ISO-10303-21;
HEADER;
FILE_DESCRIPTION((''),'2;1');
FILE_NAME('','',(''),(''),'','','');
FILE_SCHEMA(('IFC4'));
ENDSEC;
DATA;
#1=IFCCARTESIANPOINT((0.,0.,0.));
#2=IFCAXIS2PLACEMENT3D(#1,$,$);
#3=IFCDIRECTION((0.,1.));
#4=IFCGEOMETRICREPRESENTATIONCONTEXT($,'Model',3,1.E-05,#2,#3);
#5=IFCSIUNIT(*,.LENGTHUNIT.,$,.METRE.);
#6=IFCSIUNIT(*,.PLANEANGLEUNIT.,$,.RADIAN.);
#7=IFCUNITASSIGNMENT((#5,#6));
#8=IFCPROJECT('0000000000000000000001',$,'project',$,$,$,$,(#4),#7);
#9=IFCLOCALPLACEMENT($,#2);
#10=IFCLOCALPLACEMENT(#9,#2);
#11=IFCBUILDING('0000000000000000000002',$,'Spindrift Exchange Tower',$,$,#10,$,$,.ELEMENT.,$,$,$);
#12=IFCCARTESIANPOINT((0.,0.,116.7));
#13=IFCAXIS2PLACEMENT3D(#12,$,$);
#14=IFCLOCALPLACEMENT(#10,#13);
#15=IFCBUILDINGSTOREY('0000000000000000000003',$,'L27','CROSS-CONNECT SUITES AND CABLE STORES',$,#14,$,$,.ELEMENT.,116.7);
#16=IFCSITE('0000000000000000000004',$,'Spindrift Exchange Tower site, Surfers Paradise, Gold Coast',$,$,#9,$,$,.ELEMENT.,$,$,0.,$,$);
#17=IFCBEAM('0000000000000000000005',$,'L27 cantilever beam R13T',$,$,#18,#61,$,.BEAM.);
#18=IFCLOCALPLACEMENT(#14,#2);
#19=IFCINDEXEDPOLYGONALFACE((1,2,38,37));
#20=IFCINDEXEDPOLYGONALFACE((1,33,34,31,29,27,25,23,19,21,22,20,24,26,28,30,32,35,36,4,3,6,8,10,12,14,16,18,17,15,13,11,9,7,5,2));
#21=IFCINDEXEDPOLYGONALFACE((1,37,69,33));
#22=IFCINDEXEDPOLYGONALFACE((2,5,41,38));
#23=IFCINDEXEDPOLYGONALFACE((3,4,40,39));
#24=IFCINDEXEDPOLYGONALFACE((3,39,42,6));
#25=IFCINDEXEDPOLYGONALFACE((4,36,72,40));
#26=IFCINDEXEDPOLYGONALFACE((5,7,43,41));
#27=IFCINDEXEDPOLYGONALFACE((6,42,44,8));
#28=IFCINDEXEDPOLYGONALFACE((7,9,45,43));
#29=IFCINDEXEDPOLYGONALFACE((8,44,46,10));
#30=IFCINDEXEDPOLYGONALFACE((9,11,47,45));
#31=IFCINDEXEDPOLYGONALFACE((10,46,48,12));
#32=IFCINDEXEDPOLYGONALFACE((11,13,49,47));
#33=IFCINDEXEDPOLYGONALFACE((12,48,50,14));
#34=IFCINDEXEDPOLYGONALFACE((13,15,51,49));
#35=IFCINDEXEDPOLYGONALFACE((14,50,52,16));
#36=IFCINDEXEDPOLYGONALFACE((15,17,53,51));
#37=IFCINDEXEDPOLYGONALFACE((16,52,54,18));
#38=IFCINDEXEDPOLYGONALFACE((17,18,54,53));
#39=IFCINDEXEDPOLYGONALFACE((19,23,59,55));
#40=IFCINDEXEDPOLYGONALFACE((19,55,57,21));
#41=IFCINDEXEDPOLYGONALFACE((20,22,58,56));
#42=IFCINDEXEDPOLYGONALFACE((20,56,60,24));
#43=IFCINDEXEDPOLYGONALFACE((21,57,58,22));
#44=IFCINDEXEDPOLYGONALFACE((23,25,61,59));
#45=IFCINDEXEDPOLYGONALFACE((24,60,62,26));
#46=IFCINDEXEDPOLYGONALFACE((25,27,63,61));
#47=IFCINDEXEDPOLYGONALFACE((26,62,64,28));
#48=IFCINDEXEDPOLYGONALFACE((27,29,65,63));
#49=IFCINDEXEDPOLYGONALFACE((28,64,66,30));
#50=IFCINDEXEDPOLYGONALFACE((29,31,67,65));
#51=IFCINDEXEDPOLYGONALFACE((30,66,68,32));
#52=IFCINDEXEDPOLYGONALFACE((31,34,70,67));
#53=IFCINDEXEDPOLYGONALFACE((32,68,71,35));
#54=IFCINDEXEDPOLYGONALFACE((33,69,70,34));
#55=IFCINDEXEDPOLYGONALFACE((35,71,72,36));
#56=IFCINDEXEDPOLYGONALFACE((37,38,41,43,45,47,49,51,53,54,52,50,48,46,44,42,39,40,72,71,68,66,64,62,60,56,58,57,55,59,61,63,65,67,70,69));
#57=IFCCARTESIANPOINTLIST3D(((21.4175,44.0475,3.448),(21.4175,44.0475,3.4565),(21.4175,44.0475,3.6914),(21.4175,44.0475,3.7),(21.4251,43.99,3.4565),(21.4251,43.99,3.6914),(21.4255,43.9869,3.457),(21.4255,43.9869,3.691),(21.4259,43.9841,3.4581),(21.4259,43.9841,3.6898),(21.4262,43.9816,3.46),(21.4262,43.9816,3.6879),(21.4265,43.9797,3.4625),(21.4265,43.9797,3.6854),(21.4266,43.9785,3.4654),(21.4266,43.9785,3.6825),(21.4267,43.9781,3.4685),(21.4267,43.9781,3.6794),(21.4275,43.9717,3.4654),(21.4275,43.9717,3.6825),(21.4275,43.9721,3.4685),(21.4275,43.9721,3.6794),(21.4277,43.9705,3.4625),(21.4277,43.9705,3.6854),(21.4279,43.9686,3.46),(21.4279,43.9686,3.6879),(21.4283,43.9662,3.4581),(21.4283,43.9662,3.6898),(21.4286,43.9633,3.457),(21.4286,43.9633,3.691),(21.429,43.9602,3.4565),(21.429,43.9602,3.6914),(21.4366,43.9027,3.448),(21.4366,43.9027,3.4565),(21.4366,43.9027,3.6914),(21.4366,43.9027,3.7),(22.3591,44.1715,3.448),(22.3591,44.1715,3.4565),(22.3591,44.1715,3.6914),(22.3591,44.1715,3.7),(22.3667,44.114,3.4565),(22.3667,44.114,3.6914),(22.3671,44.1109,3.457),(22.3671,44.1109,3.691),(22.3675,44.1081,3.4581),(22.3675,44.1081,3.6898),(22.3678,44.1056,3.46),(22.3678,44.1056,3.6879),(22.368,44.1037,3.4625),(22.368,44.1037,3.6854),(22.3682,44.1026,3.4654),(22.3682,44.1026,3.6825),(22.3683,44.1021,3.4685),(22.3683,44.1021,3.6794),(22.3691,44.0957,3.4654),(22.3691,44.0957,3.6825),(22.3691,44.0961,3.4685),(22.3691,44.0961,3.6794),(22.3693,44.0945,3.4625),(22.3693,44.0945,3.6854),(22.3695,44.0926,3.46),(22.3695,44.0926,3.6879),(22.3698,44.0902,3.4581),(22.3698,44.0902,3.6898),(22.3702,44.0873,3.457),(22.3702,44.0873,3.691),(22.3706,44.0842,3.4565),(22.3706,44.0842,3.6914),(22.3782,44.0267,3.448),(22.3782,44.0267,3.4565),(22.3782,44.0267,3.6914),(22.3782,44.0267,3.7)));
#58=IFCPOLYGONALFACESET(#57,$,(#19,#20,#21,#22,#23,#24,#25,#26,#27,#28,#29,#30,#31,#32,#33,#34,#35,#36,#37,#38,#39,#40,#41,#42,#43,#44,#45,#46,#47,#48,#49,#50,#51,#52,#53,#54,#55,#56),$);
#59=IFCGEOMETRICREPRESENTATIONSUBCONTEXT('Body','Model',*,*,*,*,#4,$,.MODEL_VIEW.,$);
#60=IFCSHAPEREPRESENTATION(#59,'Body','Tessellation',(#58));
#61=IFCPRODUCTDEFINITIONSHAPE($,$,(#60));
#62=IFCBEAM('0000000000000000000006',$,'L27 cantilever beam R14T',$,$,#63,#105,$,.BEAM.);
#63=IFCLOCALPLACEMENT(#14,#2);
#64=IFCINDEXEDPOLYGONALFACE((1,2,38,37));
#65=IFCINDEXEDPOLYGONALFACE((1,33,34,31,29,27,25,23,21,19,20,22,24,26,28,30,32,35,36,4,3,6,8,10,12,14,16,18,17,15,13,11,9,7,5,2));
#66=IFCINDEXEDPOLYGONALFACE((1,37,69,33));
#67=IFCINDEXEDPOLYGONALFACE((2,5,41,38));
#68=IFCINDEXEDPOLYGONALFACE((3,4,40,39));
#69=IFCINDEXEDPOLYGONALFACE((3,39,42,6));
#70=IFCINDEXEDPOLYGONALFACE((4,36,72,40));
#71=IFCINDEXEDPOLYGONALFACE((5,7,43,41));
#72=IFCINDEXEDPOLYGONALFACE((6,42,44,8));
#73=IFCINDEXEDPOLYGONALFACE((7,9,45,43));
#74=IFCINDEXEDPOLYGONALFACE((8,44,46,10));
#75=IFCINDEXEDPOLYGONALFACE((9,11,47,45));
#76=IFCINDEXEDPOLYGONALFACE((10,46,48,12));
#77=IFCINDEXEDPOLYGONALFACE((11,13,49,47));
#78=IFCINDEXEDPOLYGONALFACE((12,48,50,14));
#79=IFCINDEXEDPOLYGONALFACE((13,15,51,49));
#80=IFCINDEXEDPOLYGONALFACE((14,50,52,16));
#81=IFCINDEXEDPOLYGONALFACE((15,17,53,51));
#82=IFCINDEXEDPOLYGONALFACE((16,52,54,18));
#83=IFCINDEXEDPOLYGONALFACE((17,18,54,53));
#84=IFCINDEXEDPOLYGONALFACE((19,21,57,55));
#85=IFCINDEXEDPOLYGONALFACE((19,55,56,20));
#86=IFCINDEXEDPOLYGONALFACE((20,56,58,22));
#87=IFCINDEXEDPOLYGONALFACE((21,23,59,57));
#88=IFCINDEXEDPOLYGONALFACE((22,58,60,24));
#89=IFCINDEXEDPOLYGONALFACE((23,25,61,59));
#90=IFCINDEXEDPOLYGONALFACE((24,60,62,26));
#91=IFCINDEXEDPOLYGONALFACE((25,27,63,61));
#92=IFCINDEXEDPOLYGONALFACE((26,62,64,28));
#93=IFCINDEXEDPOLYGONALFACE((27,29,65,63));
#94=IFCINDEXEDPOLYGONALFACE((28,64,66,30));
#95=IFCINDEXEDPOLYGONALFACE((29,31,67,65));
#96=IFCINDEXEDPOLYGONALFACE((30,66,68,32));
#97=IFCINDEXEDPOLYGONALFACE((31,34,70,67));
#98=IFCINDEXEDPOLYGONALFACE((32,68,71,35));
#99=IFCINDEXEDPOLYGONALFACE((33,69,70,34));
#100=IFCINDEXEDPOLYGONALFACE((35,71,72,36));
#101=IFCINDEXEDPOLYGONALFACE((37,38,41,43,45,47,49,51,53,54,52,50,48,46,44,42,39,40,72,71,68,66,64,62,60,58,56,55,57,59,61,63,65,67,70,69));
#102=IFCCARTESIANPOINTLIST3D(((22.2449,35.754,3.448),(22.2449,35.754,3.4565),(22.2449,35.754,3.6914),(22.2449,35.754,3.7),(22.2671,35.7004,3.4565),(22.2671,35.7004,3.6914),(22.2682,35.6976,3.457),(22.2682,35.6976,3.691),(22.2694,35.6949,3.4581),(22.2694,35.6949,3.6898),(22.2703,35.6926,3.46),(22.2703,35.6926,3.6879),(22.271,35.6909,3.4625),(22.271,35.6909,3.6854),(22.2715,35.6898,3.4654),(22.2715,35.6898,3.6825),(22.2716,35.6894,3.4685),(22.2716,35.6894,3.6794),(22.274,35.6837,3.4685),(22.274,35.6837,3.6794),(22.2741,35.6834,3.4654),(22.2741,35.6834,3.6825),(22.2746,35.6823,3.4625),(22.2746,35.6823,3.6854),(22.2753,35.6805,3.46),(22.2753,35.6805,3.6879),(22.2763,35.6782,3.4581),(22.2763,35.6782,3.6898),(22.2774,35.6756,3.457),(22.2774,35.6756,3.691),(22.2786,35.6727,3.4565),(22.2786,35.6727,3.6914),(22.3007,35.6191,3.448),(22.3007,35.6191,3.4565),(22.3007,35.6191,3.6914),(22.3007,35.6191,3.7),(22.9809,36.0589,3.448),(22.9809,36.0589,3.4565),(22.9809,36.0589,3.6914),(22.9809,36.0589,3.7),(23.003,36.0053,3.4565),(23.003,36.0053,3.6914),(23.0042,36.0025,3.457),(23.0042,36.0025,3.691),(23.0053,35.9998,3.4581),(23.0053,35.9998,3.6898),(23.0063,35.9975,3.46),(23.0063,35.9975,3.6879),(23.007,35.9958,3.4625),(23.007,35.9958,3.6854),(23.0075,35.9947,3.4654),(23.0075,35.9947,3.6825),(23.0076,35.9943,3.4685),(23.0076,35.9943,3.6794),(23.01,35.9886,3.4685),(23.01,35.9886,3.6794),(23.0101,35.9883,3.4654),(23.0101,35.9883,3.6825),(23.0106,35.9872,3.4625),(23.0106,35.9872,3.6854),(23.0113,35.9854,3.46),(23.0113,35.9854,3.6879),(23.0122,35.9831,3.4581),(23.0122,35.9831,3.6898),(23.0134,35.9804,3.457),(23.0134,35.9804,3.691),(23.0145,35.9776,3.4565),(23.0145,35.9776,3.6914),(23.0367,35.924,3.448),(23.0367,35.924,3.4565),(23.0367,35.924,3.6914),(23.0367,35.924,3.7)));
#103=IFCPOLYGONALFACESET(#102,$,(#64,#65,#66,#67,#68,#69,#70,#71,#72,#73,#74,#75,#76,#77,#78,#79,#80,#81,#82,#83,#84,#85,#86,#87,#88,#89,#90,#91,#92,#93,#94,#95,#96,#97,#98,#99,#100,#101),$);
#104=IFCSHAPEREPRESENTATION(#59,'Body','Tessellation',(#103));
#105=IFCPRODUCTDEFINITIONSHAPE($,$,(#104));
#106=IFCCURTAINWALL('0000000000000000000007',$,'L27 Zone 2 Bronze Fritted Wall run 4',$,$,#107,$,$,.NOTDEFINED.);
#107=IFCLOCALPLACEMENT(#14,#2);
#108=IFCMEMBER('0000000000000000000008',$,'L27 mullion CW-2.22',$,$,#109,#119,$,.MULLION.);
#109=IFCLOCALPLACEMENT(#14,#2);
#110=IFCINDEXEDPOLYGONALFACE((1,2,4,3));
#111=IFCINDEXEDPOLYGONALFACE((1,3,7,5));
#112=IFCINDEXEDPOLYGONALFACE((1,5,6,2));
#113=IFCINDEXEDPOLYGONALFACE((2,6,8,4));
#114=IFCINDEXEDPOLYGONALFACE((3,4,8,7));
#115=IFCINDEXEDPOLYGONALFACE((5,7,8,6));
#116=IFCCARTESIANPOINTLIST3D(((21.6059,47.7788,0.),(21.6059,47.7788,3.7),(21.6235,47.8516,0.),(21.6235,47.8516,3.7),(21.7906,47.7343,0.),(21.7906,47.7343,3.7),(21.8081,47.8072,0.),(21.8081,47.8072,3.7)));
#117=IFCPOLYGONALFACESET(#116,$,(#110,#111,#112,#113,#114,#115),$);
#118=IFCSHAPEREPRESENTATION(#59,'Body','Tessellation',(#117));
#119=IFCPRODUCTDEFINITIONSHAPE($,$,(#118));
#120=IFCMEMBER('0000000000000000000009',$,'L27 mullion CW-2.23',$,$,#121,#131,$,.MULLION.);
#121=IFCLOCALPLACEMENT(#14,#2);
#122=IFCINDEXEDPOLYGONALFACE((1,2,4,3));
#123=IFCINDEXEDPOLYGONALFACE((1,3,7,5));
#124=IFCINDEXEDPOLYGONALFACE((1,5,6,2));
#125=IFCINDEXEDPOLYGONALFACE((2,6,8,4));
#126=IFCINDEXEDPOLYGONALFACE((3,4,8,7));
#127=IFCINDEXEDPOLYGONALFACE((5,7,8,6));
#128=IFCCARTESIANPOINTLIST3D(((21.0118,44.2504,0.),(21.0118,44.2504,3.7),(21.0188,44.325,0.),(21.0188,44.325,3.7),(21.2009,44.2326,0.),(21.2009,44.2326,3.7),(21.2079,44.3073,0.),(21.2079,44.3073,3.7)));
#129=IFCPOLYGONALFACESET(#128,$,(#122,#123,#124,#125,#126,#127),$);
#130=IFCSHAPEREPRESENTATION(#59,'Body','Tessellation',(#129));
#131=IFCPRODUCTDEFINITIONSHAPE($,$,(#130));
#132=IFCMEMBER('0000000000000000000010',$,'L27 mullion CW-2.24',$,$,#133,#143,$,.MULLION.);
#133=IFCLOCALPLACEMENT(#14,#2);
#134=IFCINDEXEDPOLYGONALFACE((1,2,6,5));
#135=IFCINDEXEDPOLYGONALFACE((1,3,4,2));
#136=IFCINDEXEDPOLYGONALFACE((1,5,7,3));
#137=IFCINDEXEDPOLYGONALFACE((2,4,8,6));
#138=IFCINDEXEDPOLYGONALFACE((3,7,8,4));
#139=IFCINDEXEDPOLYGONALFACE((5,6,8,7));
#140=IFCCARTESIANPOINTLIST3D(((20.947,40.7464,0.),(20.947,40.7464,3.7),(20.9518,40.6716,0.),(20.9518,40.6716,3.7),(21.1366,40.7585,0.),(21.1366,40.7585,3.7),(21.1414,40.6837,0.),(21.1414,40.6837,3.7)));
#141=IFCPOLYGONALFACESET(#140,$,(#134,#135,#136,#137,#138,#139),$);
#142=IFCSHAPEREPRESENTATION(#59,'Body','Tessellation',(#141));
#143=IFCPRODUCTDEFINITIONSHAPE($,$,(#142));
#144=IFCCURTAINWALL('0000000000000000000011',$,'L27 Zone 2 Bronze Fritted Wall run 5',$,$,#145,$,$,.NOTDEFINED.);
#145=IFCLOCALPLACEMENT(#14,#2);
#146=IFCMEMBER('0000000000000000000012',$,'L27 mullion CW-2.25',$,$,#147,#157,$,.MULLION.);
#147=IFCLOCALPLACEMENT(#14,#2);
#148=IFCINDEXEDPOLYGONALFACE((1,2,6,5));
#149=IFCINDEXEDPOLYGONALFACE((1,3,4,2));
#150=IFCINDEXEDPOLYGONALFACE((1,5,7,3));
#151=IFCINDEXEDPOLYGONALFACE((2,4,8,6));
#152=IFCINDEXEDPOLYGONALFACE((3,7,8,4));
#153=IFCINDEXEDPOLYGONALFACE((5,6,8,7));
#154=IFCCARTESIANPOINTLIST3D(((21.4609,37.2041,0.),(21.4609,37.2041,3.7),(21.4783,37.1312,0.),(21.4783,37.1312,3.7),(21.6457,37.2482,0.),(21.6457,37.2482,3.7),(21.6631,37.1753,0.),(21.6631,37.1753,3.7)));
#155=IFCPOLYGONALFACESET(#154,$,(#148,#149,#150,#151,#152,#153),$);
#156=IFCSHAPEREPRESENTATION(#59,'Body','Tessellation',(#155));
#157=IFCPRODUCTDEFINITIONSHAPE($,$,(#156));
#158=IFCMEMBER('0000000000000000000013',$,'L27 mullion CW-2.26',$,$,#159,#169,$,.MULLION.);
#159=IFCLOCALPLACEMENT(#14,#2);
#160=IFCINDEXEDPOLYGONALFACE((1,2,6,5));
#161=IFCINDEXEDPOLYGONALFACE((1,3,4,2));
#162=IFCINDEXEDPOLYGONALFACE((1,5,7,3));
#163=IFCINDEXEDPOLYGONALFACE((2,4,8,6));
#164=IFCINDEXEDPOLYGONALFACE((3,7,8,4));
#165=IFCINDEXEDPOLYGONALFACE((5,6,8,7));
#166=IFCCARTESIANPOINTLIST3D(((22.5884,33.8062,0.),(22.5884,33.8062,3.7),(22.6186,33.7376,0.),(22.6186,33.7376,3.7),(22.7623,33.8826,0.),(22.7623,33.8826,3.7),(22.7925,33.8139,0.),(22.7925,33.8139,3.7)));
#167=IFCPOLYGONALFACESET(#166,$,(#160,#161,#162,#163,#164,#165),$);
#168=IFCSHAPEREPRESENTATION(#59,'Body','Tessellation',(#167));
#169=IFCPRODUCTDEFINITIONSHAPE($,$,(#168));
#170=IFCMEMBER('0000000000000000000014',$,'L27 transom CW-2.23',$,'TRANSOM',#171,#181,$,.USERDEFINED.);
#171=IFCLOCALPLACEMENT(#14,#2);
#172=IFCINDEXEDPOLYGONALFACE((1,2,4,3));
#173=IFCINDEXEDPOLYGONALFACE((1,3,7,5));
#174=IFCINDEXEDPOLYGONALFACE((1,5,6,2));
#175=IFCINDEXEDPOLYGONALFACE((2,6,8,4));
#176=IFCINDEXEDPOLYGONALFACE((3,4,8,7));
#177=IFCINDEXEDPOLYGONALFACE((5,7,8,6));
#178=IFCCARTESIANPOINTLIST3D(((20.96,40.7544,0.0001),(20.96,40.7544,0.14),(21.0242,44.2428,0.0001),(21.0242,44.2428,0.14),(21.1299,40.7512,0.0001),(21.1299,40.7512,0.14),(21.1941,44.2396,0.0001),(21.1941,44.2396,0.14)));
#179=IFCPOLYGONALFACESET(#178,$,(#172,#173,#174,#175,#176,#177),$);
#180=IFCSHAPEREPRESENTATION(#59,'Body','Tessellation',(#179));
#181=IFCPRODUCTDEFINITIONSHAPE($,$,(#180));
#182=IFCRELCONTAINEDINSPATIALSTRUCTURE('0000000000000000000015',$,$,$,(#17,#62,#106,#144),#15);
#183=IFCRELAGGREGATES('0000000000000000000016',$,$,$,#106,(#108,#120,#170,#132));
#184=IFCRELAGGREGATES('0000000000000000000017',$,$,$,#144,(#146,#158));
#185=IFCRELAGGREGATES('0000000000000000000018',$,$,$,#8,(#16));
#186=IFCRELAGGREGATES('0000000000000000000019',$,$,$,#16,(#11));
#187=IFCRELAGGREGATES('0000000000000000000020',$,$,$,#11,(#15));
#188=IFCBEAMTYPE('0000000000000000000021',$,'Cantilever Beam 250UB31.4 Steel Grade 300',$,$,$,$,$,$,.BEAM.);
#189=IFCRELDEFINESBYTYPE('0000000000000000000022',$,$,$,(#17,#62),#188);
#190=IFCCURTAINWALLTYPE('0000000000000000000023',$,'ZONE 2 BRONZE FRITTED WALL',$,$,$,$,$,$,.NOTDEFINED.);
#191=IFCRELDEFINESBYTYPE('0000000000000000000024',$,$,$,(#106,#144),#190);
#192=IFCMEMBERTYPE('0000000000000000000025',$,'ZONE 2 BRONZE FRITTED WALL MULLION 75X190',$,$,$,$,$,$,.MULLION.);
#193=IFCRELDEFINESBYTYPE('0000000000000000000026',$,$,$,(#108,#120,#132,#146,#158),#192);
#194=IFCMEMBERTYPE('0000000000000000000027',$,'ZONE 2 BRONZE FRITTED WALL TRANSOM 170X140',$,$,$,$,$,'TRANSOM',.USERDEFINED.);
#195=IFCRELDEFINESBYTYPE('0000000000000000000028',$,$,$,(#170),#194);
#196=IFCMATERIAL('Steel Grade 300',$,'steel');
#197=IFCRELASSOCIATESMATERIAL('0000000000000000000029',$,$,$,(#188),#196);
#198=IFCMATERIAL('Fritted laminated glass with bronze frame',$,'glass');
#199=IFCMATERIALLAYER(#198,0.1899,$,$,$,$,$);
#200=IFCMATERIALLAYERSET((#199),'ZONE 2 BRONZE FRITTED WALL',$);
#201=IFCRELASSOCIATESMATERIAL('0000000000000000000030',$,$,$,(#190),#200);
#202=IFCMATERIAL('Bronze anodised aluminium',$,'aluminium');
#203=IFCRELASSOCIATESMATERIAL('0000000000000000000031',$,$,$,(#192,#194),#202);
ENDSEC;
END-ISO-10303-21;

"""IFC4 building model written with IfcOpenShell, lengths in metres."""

from ifc_helpers import new_model, si_unit, direction, frame, origin, origin_2d, place, context, subcontext, project, spatial, rectangle, i_section, extrude, source, transform, mapped, material, layer, layer_set, material_profile, profile_set, type_object, element, aggregate, save


model = new_model("IFC4")

# Units and contexts
model_context = context("Model", 3, precision=1e-05, world=origin(), true_north=direction((0.0, 1.0)))
body_context = subcontext(model_context, "Body", "Model", "MODEL_VIEW")
ifc_project = project(units=[si_unit("LENGTHUNIT", "METRE"), si_unit("PLANEANGLEUNIT", "RADIAN")], contexts=[model_context])

# Site, building, storey
site_placement = place(None, origin())
site = spatial("IfcSite", under=ifc_project, at=site_placement, Name="Spindrift Exchange Tower site, Surfers Paradise, Gold Coast", CompositionType="ELEMENT", RefElevation=0.0)
building_placement = place(site_placement, origin())
building = spatial("IfcBuilding", under=site, at=building_placement, Name="Spindrift Exchange Tower", CompositionType="ELEMENT")
storey_placement = place(building_placement, frame((0.0, 0.0, 116.7)))
storey = spatial("IfcBuildingStorey", under=building, at=storey_placement, Name="L27", Description="CROSS-CONNECT SUITES AND CABLE STORES", CompositionType="ELEMENT", Elevation=116.7)

# Beams
ifc_material_1 = material(Name="Steel Grade 300", Category="steel")
ifc_material_profile_1 = material_profile(ifc_material_1, i_section(OverallWidth=0.146, OverallDepth=0.252, WebThickness=0.0061, FlangeThickness=0.0085, FilletRadius=0.012, at=origin_2d()), Name="250UB31.4")
ifc_profile_set_1 = profile_set([ifc_material_profile_1], Name="Steel Grade 300")
beam_type_1 = type_object("IfcBeamType", Name="Cantilever Beam 250UB31.4 Steel Grade 300", PredefinedType="BEAM", material=ifc_profile_set_1)
shared_shape_1 = source(origin(), body_context, "Body", "SweptSolid", [
    extrude(i_section(OverallWidth=0.146, OverallDepth=0.252, WebThickness=0.0061, FlangeThickness=0.0085, FilletRadius=0.012, at=origin_2d()), origin(), (0.0, 0.0, 1.0), 0.9497),
])
beam_1_placement = place(storey_placement, frame((22.3687, 44.0991, 3.574), z_axis=(-0.991438, -0.130581, 0.0), x_axis=(0.130581, -0.991438, 0.0)))
element("IfcBeam", 1, at=beam_1_placement, inside=storey, type_object=beam_type_1, Name="L27 cantilever beam R13T", PredefinedType="BEAM", context=body_context, shape_type="MappedRepresentation", body=[
    mapped(shared_shape_1, transform((0.0, 0.0, 0.0), scale=1.0)),
])
shared_shape_2 = source(origin(), body_context, "Body", "SweptSolid", [
    extrude(i_section(OverallWidth=0.146, OverallDepth=0.252, WebThickness=0.0061, FlangeThickness=0.0085, FilletRadius=0.012, at=origin_2d()), origin(), (0.0, 0.0, 1.0), 0.7966),
])
beam_2_placement = place(storey_placement, frame((23.0088, 35.9915, 3.574), z_axis=(-0.923864, -0.382722, 0.0), x_axis=(0.382722, -0.923864, 0.0)))
element("IfcBeam", 2, at=beam_2_placement, inside=storey, type_object=beam_type_1, Name="L27 cantilever beam R14T", PredefinedType="BEAM", context=body_context, shape_type="MappedRepresentation", body=[
    mapped(shared_shape_2, transform((0.0, 0.0, 0.0), scale=1.0)),
])

# Curtain walls, members
ifc_material_2 = material(Name="Fritted laminated glass with bronze frame", Category="glass")
ifc_layer_1 = layer(ifc_material_2, 0.1899)
ifc_layer_set_1 = layer_set([ifc_layer_1], Name="ZONE 2 BRONZE FRITTED WALL")
curtain_wall_type = type_object("IfcCurtainWallType", Name="ZONE 2 BRONZE FRITTED WALL", PredefinedType="NOTDEFINED", material=ifc_layer_set_1)
curtain_wall_1_placement = place(storey_placement, origin())
curtain_wall_1 = element("IfcCurtainWall", 3, at=curtain_wall_1_placement, inside=storey, type_object=curtain_wall_type, Name="L27 Zone 2 Bronze Fritted Wall run 4", PredefinedType="NOTDEFINED")
ifc_material_3 = material(Name="Bronze anodised aluminium", Category="aluminium")
ifc_material_profile_2 = material_profile(ifc_material_3, rectangle(XDim=0.075, YDim=0.1899, at=origin_2d()), Name="ZONE 2 BRONZE FRITTED WALL MULLION 75X190")
ifc_profile_set_2 = profile_set([ifc_material_profile_2], Name="Bronze anodised aluminium")
member_type_1 = type_object("IfcMemberType", Name="ZONE 2 BRONZE FRITTED WALL MULLION 75X190", PredefinedType="MULLION", material=ifc_profile_set_2)
shared_shape_3 = source(origin(), body_context, "Body", "SweptSolid", [
    extrude(rectangle(XDim=0.075, YDim=0.1899, at=origin_2d()), origin(), (0.0, 0.0, 1.0), 3.7),
])
member_1_placement = place(storey_placement, frame((21.707, 47.793, 0.0), z_axis=(0.0, 0.0, 1.0), x_axis=(-0.23397, -0.972244, 0.0)))
member_1 = element("IfcMember", 4, at=member_1_placement, type_object=member_type_1, Name="L27 mullion CW-2.22", PredefinedType="MULLION", context=body_context, shape_type="MappedRepresentation", body=[
    mapped(shared_shape_3, transform((0.0, 0.0, 0.0), scale=1.0)),
])
member_2_placement = place(storey_placement, frame((21.1099, 44.2788, 0.0), z_axis=(0.0, 0.0, 1.0), x_axis=(-0.093231, -0.995645, 0.0)))
member_2 = element("IfcMember", 5, at=member_2_placement, type_object=member_type_1, Name="L27 mullion CW-2.23", PredefinedType="MULLION", context=body_context, shape_type="MappedRepresentation", body=[
    mapped(shared_shape_3, transform((0.0, 0.0, 0.0), scale=1.0)),
])
member_3_placement = place(storey_placement, frame((21.0442, 40.7151, 0.0), z_axis=(0.0, 0.0, 1.0), x_axis=(0.063682, -0.99797, 0.0)))
member_3 = element("IfcMember", 6, at=member_3_placement, type_object=member_type_1, Name="L27 mullion CW-2.24", PredefinedType="MULLION", context=body_context, shape_type="MappedRepresentation", body=[
    mapped(shared_shape_3, transform((0.0, 0.0, 0.0), scale=1.0)),
])
curtain_wall_2_placement = place(storey_placement, origin())
curtain_wall_2 = element("IfcCurtainWall", 7, at=curtain_wall_2_placement, inside=storey, type_object=curtain_wall_type, Name="L27 Zone 2 Bronze Fritted Wall run 5", PredefinedType="NOTDEFINED")
member_4_placement = place(storey_placement, frame((21.562, 37.1897, 0.0), z_axis=(0.0, 0.0, 1.0), x_axis=(0.231909, -0.972738, 0.0)))
member_4 = element("IfcMember", 8, at=member_4_placement, type_object=member_type_1, Name="L27 mullion CW-2.25", PredefinedType="MULLION", context=body_context, shape_type="MappedRepresentation", body=[
    mapped(shared_shape_3, transform((0.0, 0.0, 0.0), scale=1.0)),
])
member_5_placement = place(storey_placement, frame((22.6904, 33.8101, 0.0), z_axis=(0.0, 0.0, 1.0), x_axis=(0.402192, -0.915555, 0.0)))
member_5 = element("IfcMember", 9, at=member_5_placement, type_object=member_type_1, Name="L27 mullion CW-2.26", PredefinedType="MULLION", context=body_context, shape_type="MappedRepresentation", body=[
    mapped(shared_shape_3, transform((0.0, 0.0, 0.0), scale=1.0)),
])

# Member
ifc_material_profile_3 = material_profile(ifc_material_3, rectangle(XDim=0.1699, YDim=0.1399, at=origin_2d()), Name="ZONE 2 BRONZE FRITTED WALL TRANSOM 170X140")
ifc_profile_set_3 = profile_set([ifc_material_profile_3], Name="Bronze anodised aluminium")
member_type_2 = type_object("IfcMemberType", Name="ZONE 2 BRONZE FRITTED WALL TRANSOM 170X140", ElementType="TRANSOM", PredefinedType="USERDEFINED", material=ifc_profile_set_3)
shared_shape_4 = source(origin(), body_context, "Body", "SweptSolid", [
    extrude(rectangle(XDim=0.1699, YDim=0.1399, at=origin_2d()), origin(), (0.0, 0.0, 1.0), 3.489),
])
member_6_placement = place(storey_placement, frame((21.1091, 44.2412, 0.0701), z_axis=(-0.018403, -0.999831, 0.0), x_axis=(0.999831, -0.018403, 0.0)))
member_6 = element("IfcMember", 10, at=member_6_placement, type_object=member_type_2, Name="L27 transom CW-2.23", ObjectType="TRANSOM", PredefinedType="USERDEFINED", context=body_context, shape_type="MappedRepresentation", body=[
    mapped(shared_shape_4, transform((0.0, 0.0, 0.0), scale=1.0)),
])

aggregate(curtain_wall_1, [member_1, member_2, member_6, member_3])
aggregate(curtain_wall_2, [member_4, member_5])

save(model, "model.ifc")
